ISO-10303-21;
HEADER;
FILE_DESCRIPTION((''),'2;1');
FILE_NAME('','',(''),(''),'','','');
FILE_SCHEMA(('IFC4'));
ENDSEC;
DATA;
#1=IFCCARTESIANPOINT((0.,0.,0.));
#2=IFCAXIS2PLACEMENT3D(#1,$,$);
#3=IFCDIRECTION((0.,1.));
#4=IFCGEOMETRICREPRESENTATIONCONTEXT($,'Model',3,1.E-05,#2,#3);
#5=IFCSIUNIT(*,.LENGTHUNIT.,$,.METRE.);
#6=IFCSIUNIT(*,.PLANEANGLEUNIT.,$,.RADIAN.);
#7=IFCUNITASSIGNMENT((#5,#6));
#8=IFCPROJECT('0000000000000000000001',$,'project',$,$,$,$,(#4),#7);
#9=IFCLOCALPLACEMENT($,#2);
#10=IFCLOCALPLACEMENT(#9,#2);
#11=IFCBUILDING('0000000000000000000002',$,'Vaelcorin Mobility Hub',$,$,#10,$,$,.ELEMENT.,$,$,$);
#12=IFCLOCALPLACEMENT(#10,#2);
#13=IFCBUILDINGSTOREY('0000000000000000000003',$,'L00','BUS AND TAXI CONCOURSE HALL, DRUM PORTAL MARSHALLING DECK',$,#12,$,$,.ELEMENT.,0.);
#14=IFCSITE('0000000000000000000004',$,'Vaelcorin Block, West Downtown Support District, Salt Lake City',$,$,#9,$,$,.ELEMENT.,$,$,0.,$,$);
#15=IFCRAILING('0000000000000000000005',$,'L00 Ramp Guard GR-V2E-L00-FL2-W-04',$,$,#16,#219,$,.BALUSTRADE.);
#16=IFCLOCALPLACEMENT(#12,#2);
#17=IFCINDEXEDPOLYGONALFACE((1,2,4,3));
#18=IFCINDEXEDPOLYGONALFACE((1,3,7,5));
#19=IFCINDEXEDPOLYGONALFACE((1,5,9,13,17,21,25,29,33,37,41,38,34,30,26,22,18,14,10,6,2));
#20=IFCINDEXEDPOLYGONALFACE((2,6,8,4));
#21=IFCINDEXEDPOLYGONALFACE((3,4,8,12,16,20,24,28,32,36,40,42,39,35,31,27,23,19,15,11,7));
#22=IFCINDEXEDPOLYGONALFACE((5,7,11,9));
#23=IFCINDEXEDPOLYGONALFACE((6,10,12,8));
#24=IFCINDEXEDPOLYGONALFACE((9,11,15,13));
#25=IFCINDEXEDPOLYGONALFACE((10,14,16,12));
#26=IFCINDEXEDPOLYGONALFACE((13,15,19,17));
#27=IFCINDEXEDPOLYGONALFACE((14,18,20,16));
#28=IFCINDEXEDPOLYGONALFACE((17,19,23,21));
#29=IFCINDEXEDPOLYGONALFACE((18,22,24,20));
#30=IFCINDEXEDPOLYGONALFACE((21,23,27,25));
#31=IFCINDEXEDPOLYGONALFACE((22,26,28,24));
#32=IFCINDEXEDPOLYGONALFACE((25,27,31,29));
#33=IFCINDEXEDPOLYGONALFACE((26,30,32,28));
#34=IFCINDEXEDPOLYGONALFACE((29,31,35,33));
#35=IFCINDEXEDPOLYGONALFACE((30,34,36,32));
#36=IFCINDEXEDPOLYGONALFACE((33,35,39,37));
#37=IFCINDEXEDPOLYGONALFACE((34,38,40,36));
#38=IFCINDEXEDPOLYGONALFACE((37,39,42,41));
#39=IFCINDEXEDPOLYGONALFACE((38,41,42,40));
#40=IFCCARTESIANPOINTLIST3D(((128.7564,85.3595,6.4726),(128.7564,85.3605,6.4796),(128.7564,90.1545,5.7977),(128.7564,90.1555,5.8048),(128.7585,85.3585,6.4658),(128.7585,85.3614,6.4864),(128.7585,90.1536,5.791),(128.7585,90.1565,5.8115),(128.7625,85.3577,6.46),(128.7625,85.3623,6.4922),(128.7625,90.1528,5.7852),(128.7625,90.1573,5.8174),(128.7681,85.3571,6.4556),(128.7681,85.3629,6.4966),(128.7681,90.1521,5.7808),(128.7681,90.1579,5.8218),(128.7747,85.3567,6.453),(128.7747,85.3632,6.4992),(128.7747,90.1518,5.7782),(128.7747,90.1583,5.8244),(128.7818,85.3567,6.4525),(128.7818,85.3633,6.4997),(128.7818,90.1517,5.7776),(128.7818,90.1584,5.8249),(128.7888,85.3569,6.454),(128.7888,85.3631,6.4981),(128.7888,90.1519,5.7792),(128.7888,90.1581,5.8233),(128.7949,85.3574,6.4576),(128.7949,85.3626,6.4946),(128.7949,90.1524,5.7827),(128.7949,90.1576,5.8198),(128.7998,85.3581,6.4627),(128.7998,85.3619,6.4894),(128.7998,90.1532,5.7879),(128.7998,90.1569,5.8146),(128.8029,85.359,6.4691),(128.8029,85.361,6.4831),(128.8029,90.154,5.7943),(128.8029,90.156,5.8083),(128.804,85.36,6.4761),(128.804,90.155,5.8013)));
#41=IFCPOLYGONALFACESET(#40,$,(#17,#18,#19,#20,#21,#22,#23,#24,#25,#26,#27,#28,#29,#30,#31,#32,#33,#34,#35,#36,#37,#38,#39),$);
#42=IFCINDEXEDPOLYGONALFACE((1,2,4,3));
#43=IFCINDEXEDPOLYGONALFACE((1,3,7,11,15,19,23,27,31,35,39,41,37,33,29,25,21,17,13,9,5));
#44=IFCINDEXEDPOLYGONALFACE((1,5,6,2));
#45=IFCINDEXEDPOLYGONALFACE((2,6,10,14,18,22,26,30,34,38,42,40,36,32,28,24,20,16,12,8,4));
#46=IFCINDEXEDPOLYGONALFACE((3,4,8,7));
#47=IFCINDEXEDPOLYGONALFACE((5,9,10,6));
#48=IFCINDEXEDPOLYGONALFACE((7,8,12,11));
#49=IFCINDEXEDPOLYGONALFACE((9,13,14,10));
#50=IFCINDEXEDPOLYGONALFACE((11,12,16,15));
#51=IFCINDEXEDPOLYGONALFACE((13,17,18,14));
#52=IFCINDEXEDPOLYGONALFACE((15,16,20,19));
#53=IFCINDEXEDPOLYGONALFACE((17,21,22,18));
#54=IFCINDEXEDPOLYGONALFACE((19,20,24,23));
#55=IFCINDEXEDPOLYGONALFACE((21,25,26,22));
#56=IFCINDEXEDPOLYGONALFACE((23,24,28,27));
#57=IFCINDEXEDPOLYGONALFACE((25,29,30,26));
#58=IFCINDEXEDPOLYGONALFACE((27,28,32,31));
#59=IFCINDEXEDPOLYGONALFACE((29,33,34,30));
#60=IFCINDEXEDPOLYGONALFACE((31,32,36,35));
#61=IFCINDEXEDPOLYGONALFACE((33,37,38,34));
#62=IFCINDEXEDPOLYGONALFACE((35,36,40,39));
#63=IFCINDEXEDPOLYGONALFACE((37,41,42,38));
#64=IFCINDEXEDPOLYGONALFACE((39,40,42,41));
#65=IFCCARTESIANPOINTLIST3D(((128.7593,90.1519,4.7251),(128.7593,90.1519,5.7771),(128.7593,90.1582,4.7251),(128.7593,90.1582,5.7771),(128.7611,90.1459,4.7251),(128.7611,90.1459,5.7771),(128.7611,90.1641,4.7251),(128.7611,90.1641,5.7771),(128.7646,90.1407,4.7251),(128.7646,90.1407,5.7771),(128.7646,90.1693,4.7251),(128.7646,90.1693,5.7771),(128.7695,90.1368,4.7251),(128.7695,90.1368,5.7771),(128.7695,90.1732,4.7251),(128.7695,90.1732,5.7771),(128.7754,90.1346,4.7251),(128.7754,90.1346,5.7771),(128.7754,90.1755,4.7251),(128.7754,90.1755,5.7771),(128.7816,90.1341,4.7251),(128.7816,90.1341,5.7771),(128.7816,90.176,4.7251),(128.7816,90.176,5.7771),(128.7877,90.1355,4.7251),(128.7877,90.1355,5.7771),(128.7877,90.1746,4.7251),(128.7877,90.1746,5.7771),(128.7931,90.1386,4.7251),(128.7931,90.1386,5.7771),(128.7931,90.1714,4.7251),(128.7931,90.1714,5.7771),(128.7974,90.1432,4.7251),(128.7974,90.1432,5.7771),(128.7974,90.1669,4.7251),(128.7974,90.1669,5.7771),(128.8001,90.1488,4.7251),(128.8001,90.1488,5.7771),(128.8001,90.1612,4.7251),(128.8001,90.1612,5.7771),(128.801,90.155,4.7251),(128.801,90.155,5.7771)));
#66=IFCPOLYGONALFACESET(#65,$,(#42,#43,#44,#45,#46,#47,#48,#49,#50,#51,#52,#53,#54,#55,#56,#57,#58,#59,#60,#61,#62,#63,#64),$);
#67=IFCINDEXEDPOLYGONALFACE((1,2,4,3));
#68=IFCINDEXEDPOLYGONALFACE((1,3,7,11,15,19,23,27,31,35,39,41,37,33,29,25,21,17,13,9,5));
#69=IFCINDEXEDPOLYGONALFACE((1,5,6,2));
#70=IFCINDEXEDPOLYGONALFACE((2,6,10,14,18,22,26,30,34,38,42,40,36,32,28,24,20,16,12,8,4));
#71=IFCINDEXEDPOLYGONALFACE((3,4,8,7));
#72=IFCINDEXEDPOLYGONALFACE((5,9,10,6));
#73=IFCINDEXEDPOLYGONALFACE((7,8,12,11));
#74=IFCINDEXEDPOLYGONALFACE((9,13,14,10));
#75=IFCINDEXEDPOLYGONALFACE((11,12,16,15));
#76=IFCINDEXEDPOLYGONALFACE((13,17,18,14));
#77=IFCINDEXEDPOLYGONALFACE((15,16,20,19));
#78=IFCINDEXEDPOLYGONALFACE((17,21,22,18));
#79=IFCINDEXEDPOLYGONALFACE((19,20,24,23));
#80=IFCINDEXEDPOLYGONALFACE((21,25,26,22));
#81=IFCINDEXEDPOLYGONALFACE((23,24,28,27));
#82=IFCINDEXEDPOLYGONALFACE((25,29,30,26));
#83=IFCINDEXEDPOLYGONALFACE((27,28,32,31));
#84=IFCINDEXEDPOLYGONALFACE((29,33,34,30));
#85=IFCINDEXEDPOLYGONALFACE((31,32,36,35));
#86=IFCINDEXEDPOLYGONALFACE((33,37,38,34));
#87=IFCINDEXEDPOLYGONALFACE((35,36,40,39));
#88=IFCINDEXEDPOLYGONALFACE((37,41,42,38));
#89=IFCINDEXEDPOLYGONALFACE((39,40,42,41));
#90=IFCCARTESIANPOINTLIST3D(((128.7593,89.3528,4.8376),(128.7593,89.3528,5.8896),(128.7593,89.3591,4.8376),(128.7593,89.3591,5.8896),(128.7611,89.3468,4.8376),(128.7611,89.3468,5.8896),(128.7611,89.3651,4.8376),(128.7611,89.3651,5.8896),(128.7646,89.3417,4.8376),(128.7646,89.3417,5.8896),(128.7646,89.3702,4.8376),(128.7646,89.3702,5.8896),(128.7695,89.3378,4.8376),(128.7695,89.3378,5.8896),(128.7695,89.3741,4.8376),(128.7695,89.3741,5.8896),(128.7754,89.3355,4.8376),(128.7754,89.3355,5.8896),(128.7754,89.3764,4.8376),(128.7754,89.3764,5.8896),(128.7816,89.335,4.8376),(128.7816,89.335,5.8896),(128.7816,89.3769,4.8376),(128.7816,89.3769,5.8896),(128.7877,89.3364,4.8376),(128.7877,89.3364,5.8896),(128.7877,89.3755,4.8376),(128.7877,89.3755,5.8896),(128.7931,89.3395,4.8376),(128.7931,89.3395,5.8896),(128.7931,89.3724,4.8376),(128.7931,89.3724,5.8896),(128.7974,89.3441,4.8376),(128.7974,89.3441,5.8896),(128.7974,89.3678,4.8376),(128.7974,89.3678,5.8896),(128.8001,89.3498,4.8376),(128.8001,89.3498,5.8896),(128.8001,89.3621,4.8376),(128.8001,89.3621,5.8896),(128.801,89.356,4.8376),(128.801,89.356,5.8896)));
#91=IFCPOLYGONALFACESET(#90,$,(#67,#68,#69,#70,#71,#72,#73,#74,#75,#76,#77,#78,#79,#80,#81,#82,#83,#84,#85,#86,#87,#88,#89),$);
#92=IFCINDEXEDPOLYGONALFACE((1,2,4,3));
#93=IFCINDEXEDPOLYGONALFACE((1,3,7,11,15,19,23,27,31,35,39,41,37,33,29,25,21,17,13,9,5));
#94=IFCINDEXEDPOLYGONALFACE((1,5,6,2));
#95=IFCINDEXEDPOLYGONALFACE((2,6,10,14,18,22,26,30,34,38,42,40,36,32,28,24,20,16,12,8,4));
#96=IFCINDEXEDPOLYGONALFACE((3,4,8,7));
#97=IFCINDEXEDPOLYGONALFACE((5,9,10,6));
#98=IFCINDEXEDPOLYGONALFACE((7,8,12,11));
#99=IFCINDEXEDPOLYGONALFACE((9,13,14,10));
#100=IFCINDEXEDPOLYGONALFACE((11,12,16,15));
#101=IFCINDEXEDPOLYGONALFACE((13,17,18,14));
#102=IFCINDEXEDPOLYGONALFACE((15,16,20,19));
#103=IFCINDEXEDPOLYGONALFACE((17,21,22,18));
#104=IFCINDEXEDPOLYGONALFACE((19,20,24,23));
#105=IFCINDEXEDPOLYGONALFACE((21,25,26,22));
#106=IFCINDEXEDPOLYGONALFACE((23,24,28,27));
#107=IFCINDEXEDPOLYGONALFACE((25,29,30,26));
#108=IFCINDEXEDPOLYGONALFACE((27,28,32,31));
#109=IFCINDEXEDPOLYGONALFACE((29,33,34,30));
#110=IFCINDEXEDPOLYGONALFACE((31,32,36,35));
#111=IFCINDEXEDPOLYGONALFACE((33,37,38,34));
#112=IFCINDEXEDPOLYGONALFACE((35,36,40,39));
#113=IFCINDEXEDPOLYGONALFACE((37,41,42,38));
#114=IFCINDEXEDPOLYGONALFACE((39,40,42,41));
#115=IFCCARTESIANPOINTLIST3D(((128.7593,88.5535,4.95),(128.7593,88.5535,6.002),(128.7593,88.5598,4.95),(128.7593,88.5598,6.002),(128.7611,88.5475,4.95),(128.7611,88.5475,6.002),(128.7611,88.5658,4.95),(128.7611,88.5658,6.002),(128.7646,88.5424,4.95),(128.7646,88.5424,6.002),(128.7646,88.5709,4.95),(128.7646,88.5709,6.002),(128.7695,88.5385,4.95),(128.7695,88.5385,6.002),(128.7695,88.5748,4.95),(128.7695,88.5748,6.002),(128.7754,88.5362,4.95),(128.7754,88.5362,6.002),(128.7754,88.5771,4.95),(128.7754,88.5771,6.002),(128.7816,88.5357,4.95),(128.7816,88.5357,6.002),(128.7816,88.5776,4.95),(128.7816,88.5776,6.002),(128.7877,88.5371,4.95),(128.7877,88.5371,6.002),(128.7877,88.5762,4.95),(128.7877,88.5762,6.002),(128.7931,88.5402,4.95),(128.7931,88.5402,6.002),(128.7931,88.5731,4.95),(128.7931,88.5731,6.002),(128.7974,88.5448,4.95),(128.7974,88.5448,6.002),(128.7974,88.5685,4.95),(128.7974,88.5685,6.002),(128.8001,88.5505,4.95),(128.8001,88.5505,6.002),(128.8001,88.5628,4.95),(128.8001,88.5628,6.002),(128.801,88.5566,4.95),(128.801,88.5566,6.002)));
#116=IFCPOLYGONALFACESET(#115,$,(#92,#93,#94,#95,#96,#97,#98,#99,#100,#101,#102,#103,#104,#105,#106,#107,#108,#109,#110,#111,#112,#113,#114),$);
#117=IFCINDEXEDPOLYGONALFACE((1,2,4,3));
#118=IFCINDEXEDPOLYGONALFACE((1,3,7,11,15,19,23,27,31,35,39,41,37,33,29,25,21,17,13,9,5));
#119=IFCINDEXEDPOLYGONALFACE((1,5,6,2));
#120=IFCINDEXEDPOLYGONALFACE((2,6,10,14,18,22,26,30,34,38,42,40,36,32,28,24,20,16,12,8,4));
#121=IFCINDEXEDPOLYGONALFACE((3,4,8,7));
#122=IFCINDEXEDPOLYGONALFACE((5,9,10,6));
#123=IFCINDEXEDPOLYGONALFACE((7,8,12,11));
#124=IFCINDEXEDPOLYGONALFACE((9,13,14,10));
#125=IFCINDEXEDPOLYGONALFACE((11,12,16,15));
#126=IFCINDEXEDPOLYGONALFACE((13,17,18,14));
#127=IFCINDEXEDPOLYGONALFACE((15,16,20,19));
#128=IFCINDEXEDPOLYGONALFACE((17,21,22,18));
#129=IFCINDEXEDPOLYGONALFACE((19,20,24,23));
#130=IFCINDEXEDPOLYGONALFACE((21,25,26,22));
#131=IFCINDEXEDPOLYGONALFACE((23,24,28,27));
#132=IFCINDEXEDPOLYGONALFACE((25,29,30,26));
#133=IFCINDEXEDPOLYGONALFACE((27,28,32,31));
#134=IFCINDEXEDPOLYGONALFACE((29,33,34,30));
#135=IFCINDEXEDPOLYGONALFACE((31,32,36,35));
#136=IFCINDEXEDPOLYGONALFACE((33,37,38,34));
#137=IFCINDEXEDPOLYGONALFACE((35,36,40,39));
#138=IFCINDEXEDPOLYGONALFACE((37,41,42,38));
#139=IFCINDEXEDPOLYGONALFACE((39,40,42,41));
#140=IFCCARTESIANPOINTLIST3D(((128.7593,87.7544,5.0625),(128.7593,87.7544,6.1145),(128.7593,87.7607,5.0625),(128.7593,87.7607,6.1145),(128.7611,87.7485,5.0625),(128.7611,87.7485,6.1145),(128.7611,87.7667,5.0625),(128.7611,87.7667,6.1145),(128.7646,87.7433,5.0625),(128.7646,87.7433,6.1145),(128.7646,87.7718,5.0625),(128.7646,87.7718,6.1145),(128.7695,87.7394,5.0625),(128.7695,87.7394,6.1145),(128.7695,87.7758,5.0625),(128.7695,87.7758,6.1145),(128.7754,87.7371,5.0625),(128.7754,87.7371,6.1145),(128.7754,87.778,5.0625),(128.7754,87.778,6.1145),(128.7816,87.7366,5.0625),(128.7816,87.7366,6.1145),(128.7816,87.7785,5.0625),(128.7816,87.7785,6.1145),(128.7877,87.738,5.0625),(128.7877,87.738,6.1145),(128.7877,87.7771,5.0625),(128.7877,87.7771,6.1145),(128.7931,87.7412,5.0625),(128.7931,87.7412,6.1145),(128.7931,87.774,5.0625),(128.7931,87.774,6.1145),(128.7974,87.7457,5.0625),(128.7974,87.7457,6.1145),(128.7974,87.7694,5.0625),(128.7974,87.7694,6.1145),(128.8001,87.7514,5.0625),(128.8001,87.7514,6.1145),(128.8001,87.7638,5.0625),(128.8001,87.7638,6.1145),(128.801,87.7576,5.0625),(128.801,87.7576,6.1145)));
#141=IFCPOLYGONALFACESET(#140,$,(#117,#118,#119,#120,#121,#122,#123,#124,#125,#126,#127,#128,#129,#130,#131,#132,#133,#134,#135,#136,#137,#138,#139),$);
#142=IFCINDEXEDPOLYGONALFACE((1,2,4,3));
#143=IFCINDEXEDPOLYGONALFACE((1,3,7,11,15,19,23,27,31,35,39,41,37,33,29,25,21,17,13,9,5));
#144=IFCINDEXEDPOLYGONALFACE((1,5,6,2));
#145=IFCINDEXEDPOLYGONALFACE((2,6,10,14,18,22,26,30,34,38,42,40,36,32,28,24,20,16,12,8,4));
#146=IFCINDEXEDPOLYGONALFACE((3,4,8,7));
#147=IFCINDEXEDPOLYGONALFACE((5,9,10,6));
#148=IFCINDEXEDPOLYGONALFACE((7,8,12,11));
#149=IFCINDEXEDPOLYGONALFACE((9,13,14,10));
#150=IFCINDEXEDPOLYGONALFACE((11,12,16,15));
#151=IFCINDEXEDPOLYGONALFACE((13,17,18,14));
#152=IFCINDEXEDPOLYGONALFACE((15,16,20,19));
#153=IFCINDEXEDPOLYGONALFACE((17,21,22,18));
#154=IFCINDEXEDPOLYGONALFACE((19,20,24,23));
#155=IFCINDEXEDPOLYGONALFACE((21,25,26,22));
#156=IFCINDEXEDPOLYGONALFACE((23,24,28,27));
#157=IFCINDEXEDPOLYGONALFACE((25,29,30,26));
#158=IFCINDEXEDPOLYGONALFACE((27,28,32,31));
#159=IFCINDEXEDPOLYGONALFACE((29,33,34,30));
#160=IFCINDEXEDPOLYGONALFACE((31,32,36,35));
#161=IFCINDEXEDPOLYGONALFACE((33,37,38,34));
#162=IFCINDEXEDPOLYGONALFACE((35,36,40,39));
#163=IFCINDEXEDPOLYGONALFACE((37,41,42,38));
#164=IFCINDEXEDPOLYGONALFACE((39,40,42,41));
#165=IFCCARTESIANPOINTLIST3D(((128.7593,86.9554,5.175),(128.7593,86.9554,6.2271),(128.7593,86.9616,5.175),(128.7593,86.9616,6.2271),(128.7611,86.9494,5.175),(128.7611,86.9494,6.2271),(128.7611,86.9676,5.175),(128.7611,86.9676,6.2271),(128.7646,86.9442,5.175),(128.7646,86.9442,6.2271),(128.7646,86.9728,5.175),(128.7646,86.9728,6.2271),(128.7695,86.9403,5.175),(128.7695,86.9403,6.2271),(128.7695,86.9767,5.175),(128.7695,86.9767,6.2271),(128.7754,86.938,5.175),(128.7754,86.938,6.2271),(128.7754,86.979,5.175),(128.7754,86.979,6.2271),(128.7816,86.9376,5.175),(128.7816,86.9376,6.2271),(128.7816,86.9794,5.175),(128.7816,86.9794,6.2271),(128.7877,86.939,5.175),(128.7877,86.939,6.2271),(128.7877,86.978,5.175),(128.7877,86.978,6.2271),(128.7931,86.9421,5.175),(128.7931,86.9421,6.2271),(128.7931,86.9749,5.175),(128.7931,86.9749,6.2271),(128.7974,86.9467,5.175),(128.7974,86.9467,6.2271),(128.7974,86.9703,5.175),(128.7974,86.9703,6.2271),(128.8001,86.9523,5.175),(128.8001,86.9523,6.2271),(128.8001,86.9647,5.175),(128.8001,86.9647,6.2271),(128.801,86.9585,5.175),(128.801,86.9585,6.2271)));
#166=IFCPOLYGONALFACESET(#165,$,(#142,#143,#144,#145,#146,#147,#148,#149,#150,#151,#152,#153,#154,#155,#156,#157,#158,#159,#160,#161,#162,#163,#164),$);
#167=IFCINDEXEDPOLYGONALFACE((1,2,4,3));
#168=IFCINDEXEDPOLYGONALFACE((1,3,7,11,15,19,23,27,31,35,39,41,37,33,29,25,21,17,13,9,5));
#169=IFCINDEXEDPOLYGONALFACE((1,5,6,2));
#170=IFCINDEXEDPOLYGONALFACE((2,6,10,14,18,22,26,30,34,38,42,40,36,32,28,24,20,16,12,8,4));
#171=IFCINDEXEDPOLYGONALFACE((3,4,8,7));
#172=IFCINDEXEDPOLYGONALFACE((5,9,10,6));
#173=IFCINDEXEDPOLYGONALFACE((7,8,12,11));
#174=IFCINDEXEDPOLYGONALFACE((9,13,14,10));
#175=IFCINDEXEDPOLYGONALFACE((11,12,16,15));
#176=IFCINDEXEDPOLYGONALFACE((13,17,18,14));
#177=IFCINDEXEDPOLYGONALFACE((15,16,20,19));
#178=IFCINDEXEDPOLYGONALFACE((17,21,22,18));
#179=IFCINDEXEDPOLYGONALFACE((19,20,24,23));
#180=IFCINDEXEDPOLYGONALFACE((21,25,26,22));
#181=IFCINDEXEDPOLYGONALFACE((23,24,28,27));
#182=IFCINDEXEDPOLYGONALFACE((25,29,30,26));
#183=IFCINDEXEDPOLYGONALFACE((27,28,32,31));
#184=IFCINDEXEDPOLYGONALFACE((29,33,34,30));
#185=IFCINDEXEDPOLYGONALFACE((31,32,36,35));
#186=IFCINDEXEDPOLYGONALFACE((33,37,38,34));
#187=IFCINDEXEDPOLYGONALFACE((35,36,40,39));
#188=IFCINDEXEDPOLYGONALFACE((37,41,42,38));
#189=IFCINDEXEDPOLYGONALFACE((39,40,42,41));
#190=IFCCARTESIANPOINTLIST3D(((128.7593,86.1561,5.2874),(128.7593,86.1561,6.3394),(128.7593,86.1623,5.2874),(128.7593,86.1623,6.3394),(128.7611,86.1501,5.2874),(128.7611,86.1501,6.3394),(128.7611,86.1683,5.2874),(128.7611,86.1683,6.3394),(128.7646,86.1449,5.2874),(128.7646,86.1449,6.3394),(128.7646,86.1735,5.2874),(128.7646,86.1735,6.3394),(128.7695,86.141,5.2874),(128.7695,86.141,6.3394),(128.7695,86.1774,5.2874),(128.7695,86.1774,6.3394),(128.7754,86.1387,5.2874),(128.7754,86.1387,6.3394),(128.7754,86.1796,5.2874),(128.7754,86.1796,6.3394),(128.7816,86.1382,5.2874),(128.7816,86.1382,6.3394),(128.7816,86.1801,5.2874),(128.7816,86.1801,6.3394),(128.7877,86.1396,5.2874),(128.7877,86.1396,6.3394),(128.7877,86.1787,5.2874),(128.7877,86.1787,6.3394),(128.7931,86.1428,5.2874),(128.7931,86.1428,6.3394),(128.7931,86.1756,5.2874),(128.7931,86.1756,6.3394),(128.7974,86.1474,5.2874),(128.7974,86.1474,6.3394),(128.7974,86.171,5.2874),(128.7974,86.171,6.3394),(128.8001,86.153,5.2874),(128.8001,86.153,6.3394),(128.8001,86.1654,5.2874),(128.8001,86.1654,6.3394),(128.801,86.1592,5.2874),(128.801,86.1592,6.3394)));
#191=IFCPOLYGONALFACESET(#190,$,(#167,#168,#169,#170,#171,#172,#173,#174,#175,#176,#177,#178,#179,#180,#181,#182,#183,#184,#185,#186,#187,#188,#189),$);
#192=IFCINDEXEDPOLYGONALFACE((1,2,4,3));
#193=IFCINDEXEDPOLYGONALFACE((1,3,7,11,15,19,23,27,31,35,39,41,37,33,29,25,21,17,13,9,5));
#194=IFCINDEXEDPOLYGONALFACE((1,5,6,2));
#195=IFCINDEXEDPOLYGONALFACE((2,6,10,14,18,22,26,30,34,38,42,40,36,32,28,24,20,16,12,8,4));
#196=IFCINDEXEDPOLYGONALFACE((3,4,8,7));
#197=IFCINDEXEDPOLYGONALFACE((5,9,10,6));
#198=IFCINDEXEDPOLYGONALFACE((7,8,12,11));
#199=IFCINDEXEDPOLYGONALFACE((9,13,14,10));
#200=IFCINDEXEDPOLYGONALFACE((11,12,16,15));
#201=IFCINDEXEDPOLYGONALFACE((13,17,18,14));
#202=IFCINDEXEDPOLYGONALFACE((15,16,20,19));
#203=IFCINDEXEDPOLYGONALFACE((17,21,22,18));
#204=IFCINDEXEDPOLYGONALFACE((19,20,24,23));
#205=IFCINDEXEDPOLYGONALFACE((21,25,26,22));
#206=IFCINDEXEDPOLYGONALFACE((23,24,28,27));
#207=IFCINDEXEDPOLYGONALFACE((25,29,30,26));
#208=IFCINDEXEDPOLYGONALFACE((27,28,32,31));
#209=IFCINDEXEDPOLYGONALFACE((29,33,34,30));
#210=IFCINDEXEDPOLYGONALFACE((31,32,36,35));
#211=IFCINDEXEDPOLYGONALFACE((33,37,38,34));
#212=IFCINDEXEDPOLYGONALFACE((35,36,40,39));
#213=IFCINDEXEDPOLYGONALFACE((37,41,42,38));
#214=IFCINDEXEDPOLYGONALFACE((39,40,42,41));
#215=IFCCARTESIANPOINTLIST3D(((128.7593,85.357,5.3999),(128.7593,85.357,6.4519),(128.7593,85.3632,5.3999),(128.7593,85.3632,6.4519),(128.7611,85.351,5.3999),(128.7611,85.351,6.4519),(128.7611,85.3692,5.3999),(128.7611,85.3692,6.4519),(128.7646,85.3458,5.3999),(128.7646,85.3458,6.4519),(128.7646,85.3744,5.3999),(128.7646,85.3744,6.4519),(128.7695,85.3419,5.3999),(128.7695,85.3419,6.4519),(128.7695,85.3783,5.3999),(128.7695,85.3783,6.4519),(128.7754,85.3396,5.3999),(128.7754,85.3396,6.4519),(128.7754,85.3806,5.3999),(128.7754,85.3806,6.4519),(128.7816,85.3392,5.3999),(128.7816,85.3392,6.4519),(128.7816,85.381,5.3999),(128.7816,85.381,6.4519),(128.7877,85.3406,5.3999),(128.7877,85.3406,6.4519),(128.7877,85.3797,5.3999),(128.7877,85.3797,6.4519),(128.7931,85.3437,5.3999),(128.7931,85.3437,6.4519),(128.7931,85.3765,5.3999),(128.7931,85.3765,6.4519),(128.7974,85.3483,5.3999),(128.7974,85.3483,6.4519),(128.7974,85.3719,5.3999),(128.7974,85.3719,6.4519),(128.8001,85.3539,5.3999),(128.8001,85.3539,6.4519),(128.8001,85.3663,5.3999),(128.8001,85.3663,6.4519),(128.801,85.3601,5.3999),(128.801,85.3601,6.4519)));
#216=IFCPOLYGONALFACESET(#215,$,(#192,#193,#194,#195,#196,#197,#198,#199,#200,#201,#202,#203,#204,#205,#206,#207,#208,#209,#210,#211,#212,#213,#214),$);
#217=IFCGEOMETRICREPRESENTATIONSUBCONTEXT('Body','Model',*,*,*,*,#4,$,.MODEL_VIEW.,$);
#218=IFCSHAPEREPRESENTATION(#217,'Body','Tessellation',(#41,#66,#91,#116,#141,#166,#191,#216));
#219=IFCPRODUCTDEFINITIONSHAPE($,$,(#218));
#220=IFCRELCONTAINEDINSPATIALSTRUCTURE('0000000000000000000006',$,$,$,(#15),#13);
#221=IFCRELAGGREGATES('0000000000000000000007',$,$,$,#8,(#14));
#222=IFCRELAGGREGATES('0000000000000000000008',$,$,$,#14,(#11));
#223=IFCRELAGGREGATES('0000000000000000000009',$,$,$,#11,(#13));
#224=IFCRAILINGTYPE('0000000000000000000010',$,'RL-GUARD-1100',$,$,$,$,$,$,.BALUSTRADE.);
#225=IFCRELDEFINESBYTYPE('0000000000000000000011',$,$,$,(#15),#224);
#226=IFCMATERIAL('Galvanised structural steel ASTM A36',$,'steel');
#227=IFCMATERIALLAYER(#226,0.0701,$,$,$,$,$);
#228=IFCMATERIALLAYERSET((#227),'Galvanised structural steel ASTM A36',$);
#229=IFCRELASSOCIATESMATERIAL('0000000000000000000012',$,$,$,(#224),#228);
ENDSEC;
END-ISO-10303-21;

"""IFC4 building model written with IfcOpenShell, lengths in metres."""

from ifc_helpers import new_model, si_unit, direction, frame, origin, origin_2d, place, context, subcontext, project, spatial, circle, extrude, material, layer, layer_set, type_object, element, save


model = new_model("IFC4")

# Units and contexts
model_context = context("Model", 3, precision=1e-05, world=origin(), true_north=direction((0.0, 1.0)))
body_context = subcontext(model_context, "Body", "Model", "MODEL_VIEW")
ifc_project = project(units=[si_unit("LENGTHUNIT", "METRE"), si_unit("PLANEANGLEUNIT", "RADIAN")], contexts=[model_context])

# Site, building, storey
site_placement = place(None, origin())
site = spatial("IfcSite", under=ifc_project, at=site_placement, Name="Vaelcorin Block, West Downtown Support District, Salt Lake City", CompositionType="ELEMENT", RefElevation=0.0)
building_placement = place(site_placement, origin())
building = spatial("IfcBuilding", under=site, at=building_placement, Name="Vaelcorin Mobility Hub", CompositionType="ELEMENT")
storey_placement = place(building_placement, origin())
storey = spatial("IfcBuildingStorey", under=building, at=storey_placement, Name="L00", Description="BUS AND TAXI CONCOURSE HALL, DRUM PORTAL MARSHALLING DECK", CompositionType="ELEMENT", Elevation=0.0)

# Railing
ifc_material_1 = material(Name="Galvanised structural steel ASTM A36", Category="steel")
ifc_layer_1 = layer(ifc_material_1, 0.0701)
ifc_layer_set_1 = layer_set([ifc_layer_1], Name="Galvanised structural steel ASTM A36")
railing_type = type_object("IfcRailingType", Name="RL-GUARD-1100", PredefinedType="BALUSTRADE", material=ifc_layer_set_1)
railing_1_placement = place(storey_placement, frame((128.78, 90.155, 4.7251)))
element("IfcRailing", 1, at=railing_1_placement, inside=storey, type_object=railing_type, Name="L00 Ramp Guard GR-V2E-L00-FL2-W-04", PredefinedType="BALUSTRADE", context=body_context, shape_type="SweptSolid", body=[
    extrude(circle(Radius=0.0239, at=origin_2d()), frame((0.0, 0.0, 1.0762), z_axis=(0.0, -0.990242, 0.13936), x_axis=(1.0, 0.0, 0.0)), (0.0, 0.0, 1.0), 4.8423),
    extrude(circle(Radius=0.021, at=origin_2d()), origin(), (0.0, 0.0, 1.0), 1.052),
    extrude(circle(Radius=0.021, at=origin_2d()), frame((0.0, -0.7991, 0.1125)), (0.0, 0.0, 1.0), 1.052),
    extrude(circle(Radius=0.021, at=origin_2d()), frame((0.0, -1.5984, 0.2249)), (0.0, 0.0, 1.0), 1.052),
    extrude(circle(Radius=0.021, at=origin_2d()), frame((0.0, -2.3975, 0.3374)), (0.0, 0.0, 1.0), 1.052),
    extrude(circle(Radius=0.021, at=origin_2d()), frame((0.0, -3.1965, 0.45)), (0.0, 0.0, 1.0), 1.052),
    extrude(circle(Radius=0.021, at=origin_2d()), frame((0.0, -3.9958, 0.5623)), (0.0, 0.0, 1.0), 1.052),
    extrude(circle(Radius=0.021, at=origin_2d()), frame((0.0, -4.7949, 0.6748)), (0.0, 0.0, 1.0), 1.052),
])

save(model, "model.ifc")
